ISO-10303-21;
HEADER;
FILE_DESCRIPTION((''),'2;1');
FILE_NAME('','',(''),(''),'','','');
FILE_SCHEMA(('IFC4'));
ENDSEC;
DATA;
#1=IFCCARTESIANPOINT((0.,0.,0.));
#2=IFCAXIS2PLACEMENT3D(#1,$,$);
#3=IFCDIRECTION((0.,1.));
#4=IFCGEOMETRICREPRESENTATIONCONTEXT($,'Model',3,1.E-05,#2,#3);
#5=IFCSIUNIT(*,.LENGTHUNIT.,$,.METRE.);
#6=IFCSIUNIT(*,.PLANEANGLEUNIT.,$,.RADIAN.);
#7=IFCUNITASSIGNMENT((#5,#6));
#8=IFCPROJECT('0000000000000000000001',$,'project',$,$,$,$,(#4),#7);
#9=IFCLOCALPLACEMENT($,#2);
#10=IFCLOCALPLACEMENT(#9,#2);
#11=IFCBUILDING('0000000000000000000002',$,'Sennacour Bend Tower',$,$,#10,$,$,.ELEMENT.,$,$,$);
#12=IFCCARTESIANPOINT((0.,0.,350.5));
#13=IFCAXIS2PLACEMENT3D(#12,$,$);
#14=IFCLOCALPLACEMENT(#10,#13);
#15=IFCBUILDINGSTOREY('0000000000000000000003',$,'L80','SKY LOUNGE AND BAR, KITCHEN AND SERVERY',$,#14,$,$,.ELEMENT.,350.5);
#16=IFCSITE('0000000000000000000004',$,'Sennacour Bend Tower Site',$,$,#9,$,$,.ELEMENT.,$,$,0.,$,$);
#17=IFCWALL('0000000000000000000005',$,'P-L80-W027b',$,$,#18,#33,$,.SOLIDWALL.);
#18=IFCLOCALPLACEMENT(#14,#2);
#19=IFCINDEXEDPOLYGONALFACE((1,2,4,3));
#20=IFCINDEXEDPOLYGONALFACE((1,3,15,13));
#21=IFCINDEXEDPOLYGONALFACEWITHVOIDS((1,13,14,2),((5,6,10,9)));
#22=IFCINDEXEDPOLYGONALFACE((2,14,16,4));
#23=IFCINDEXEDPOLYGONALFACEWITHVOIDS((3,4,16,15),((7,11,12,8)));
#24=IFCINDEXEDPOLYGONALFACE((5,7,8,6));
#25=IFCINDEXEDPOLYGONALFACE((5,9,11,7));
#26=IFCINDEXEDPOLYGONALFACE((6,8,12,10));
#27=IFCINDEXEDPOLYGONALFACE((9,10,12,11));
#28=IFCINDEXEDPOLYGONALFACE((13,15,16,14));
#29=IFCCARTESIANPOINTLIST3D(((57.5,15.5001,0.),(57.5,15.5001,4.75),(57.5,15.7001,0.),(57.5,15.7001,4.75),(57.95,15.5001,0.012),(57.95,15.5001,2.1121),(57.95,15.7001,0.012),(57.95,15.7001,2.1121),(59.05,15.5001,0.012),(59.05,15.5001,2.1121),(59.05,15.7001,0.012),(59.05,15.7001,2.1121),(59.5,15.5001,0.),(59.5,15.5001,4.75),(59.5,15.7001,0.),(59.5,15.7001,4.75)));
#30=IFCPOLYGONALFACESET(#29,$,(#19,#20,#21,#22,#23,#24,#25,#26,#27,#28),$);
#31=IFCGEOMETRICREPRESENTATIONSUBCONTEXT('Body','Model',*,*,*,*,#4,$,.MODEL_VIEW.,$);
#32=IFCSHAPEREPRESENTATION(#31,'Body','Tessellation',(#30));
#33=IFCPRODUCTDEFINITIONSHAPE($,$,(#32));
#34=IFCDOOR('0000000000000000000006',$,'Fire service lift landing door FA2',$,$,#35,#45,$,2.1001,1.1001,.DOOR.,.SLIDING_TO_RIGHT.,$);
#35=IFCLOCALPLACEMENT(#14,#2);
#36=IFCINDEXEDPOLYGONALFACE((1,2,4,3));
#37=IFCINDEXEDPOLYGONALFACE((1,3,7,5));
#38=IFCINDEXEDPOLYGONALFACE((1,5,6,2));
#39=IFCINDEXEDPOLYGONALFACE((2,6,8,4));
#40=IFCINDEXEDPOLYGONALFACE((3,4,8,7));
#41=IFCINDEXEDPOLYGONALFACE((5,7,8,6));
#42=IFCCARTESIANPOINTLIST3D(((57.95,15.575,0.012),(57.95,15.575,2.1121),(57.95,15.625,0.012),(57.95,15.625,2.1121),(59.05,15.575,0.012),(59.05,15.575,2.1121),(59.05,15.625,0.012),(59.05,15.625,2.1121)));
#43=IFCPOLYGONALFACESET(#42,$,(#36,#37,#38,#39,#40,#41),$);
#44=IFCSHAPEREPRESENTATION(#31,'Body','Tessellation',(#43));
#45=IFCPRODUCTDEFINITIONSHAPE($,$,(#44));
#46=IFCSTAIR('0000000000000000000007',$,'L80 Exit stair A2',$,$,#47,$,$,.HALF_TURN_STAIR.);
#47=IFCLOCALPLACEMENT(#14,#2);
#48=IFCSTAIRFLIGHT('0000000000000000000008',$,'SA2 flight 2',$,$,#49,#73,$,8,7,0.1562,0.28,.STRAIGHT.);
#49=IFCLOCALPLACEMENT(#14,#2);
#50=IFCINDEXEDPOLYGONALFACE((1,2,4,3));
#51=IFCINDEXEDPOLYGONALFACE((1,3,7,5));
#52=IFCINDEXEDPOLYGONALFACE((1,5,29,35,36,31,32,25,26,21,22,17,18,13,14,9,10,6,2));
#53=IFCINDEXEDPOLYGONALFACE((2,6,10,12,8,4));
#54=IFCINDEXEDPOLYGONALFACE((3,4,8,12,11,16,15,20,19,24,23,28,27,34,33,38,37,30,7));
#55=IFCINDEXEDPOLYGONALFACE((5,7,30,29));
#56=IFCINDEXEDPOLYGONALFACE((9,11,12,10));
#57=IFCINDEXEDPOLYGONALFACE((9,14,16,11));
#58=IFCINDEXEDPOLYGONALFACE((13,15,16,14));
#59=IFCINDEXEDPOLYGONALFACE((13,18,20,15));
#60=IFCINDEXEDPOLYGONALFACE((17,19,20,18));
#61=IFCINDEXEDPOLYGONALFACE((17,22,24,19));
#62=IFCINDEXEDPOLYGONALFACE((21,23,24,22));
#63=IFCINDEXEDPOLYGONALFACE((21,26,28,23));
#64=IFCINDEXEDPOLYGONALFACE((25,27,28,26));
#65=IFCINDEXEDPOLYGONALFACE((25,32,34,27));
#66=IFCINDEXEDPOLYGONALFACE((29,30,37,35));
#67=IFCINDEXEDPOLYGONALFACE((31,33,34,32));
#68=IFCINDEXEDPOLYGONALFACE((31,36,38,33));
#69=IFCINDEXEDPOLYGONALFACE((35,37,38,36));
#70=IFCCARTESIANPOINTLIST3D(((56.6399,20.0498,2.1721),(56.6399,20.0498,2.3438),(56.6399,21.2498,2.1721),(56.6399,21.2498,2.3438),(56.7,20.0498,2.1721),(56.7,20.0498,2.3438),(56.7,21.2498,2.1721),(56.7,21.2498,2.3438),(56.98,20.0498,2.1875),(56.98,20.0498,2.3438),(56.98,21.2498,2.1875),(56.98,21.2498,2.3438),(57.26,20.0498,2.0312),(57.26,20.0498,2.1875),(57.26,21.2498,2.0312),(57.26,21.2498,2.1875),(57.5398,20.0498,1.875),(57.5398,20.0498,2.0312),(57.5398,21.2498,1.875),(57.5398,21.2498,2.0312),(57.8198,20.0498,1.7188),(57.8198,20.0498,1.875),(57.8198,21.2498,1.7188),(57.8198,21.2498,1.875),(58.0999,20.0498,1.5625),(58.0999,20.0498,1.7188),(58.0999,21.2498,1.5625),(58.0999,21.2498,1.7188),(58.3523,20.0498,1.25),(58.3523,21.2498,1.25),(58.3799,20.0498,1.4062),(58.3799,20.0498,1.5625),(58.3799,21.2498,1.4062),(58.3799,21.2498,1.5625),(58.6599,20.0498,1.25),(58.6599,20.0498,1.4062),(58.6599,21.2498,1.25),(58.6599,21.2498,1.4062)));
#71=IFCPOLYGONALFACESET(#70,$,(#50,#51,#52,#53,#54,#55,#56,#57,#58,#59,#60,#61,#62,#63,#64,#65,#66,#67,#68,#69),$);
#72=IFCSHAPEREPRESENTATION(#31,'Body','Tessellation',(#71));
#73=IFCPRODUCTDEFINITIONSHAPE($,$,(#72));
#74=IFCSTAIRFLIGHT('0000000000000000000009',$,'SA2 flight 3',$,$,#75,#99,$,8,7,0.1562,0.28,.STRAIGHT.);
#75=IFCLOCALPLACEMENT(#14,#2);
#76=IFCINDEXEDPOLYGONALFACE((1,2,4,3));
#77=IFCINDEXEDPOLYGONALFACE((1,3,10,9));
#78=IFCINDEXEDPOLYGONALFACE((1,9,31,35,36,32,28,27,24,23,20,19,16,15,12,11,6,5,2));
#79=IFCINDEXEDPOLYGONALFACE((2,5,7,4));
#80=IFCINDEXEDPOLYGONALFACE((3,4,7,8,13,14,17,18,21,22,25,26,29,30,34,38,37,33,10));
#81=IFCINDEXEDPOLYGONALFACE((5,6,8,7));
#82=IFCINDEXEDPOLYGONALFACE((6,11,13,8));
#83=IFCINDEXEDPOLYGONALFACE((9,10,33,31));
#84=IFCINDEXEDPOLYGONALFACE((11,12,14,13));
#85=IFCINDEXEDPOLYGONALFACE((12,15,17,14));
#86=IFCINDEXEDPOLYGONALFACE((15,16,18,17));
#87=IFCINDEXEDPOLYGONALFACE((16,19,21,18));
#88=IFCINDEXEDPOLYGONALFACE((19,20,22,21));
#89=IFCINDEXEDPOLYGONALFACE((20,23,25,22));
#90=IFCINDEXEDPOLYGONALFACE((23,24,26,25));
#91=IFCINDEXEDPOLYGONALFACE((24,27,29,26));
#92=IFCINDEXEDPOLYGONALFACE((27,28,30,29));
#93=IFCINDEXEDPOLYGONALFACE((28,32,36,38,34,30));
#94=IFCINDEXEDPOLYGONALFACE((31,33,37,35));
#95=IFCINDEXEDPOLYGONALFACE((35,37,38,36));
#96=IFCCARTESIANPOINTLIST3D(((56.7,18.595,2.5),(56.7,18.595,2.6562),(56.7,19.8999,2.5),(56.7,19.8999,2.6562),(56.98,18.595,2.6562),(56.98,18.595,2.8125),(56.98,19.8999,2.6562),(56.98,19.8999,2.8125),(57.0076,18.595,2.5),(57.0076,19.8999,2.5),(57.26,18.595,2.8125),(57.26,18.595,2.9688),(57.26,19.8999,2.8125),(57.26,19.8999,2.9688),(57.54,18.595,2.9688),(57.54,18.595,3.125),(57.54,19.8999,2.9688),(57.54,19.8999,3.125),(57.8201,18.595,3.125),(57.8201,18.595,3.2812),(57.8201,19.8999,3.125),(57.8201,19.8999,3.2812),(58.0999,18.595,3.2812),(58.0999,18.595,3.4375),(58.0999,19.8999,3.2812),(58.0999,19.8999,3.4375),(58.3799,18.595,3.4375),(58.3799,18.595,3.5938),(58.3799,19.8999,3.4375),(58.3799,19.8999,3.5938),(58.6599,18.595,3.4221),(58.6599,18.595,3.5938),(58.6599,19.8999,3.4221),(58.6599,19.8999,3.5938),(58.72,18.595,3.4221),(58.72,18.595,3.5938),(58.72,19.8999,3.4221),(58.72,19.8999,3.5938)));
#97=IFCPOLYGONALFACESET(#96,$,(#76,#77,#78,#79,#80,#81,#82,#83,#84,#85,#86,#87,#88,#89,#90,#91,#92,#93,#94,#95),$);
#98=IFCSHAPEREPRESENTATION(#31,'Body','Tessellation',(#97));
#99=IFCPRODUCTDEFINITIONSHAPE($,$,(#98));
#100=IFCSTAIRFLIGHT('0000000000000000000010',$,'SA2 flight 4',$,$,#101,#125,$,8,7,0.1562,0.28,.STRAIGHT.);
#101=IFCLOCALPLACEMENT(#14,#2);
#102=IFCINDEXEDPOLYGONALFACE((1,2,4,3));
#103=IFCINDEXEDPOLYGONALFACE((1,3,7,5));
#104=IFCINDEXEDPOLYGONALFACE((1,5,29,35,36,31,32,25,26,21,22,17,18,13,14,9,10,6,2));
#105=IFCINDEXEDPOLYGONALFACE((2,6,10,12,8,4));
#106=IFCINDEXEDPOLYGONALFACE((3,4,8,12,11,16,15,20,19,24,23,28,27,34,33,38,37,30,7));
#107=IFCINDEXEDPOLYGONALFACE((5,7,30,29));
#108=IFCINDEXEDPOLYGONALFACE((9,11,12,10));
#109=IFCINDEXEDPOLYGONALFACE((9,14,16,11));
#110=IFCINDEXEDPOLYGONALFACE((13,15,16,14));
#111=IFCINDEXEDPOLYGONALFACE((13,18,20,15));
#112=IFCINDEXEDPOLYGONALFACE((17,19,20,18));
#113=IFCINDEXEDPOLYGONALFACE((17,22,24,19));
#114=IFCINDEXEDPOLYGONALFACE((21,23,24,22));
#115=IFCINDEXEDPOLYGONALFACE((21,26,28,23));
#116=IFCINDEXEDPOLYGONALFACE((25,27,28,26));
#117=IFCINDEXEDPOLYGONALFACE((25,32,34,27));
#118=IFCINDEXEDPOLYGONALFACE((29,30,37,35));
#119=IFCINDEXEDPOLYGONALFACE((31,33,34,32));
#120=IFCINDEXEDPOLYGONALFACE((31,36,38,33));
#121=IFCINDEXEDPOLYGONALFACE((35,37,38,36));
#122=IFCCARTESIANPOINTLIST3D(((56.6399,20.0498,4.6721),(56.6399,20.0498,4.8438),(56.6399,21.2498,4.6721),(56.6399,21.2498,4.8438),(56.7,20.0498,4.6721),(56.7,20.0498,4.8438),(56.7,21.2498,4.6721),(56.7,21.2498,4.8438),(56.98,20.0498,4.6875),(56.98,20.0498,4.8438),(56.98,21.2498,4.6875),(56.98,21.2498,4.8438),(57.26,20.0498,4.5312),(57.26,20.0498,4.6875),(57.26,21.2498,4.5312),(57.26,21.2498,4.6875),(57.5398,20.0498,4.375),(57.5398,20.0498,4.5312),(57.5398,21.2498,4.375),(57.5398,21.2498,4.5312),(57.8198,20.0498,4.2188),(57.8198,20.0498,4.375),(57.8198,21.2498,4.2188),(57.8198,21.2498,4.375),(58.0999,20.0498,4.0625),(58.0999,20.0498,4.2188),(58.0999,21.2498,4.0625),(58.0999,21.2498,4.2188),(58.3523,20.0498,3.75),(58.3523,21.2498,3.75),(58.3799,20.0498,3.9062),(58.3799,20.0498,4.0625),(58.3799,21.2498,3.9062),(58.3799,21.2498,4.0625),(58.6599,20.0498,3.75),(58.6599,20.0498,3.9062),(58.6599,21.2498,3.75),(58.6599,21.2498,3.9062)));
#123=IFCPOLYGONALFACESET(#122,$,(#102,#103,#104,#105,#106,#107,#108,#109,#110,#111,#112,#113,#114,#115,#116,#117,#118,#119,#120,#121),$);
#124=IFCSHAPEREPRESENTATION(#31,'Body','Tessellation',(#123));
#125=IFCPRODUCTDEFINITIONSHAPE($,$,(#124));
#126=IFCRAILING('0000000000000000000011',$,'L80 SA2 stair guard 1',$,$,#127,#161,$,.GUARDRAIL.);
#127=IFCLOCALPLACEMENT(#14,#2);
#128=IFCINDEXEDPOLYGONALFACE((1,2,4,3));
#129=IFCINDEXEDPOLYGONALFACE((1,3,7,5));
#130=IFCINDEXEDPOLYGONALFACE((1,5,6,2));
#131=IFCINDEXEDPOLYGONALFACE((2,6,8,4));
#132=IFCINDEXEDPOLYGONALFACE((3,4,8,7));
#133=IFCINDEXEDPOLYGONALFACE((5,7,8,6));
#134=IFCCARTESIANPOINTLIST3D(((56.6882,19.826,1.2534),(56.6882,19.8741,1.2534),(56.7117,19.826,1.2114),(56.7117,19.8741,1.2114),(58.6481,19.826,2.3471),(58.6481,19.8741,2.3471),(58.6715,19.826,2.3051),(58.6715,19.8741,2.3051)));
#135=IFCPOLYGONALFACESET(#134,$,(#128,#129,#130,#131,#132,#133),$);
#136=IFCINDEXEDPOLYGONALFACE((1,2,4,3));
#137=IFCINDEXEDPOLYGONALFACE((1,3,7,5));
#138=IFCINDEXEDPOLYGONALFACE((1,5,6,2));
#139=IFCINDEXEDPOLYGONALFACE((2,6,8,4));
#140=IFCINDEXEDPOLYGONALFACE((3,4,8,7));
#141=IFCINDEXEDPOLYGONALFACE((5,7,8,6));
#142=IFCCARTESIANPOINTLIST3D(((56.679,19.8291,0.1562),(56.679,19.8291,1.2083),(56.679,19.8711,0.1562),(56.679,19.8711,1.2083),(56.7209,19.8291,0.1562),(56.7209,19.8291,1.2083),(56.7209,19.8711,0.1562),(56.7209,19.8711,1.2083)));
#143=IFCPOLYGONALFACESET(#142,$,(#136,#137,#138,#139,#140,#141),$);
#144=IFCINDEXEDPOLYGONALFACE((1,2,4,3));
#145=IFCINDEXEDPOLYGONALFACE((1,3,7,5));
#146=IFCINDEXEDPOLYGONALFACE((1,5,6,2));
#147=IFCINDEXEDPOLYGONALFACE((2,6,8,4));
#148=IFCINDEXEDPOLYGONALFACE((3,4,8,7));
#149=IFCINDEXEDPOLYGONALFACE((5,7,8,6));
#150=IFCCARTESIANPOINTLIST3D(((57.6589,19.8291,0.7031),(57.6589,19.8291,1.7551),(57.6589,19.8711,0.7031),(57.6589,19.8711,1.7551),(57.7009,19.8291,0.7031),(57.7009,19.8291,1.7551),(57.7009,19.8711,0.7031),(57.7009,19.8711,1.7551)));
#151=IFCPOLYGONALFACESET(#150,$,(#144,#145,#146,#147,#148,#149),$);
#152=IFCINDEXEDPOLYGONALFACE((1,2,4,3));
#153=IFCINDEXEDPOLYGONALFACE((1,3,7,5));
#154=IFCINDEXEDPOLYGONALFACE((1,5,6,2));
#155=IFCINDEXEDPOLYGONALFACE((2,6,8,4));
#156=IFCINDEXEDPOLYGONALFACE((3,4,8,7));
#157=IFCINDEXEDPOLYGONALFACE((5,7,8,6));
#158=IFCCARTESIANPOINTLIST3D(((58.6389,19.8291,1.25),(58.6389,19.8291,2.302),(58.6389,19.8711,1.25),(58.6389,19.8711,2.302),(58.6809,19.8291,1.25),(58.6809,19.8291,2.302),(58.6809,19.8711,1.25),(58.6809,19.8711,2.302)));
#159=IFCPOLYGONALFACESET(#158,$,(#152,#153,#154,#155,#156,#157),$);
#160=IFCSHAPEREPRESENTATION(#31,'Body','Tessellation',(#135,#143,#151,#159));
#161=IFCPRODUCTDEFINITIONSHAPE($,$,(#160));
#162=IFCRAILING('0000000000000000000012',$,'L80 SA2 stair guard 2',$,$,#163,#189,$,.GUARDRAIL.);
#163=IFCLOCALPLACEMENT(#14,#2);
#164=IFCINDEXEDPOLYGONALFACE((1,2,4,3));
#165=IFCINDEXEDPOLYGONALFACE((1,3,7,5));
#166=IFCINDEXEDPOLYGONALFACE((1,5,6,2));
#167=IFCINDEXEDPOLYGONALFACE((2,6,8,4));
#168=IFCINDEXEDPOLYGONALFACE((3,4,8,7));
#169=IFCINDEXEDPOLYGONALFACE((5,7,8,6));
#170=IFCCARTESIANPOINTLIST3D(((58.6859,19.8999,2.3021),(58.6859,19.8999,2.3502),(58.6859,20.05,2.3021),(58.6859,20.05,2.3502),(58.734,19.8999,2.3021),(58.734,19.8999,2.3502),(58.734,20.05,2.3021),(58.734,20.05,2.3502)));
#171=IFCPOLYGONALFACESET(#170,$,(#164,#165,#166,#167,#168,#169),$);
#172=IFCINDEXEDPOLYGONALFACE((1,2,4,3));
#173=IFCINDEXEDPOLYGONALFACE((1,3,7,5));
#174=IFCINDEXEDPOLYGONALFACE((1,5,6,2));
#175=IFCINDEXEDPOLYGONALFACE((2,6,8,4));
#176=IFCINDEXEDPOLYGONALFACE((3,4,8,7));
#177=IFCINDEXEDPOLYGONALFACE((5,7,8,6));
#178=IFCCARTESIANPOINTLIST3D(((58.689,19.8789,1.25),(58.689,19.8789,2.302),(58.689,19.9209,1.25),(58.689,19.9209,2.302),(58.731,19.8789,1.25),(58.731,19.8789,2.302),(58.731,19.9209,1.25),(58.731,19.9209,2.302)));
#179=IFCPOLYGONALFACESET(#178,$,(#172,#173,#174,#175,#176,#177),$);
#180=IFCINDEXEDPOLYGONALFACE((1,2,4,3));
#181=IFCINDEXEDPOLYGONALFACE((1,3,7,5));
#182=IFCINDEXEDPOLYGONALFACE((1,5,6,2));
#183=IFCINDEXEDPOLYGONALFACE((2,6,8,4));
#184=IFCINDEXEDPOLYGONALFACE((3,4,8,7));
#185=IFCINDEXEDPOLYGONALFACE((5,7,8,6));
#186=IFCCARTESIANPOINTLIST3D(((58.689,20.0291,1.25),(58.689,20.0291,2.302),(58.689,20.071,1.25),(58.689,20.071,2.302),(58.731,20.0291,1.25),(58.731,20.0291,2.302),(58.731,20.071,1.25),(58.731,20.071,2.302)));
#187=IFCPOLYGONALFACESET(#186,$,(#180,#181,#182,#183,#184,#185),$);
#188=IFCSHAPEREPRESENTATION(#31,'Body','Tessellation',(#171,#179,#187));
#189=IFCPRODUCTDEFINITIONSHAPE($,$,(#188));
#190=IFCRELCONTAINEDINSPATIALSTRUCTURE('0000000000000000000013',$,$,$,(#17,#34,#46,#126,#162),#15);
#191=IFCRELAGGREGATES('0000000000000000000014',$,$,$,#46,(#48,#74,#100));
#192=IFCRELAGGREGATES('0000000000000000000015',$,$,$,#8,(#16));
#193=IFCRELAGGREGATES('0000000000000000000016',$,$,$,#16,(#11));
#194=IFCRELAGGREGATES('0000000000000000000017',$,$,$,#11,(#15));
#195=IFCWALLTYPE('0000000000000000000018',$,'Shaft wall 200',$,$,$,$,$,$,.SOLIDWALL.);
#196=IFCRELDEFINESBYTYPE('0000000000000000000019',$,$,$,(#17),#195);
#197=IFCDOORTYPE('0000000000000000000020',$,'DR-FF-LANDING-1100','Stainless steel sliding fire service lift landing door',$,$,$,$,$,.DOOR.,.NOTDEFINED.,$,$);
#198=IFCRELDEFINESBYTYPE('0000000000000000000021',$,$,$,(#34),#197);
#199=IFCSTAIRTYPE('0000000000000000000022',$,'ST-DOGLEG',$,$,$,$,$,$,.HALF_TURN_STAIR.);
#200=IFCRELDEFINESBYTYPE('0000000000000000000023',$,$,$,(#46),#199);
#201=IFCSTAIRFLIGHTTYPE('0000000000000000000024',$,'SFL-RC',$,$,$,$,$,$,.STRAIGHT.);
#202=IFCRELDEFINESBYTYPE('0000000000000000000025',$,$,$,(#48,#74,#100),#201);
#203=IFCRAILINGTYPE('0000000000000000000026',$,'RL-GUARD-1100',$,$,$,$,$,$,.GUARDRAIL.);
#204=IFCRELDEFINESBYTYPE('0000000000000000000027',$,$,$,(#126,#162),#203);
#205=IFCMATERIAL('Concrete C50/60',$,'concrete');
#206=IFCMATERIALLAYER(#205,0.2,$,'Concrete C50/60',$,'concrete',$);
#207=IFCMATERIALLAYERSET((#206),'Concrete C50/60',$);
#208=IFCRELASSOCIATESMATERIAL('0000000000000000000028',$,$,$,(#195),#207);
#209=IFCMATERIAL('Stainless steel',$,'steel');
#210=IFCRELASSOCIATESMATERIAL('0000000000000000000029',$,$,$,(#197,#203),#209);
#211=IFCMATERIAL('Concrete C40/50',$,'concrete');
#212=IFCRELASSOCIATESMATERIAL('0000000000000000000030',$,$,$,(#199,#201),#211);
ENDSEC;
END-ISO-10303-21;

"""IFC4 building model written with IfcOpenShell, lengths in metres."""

from ifc_helpers import new_model, si_unit, direction, frame, frame_2d, origin, origin_2d, place, context, subcontext, project, spatial, polyline, rectangle, outline, extrude, material, layer, layer_set, type_object, element, fill, aggregate, save


model = new_model("IFC4")

# Units and contexts
model_context = context("Model", 3, precision=1e-05, world=origin(), true_north=direction((0.0, 1.0)))
body_context = subcontext(model_context, "Body", "Model", "MODEL_VIEW")
ifc_project = project(units=[si_unit("LENGTHUNIT", "METRE"), si_unit("PLANEANGLEUNIT", "RADIAN")], contexts=[model_context])

# Site, building, storey
site_placement = place(None, origin())
site = spatial("IfcSite", under=ifc_project, at=site_placement, Name="Sennacour Bend Tower Site", CompositionType="ELEMENT", RefElevation=0.0)
building_placement = place(site_placement, origin())
building = spatial("IfcBuilding", under=site, at=building_placement, Name="Sennacour Bend Tower", CompositionType="ELEMENT")
storey_placement = place(building_placement, frame((0.0, 0.0, 350.5)))
storey = spatial("IfcBuildingStorey", under=building, at=storey_placement, Name="L80", Description="SKY LOUNGE AND BAR, KITCHEN AND SERVERY", CompositionType="ELEMENT", Elevation=350.5)

# Shared definitions
ifc_material_1 = material(Name="Concrete C50/60", Category="concrete")
ifc_layer_1 = layer(ifc_material_1, 0.2, Name="Concrete C50/60", Category="concrete")
ifc_layer_set_1 = layer_set([ifc_layer_1], Name="Concrete C50/60")
wall_type_1 = type_object("IfcWallType", Name="Shaft wall 200", PredefinedType="SOLIDWALL", material=ifc_layer_set_1)

# Shared definitions
ifc_material_2 = material(Name="Stainless steel", Category="steel")

# Wall, opening, door
wall_1_placement = place(storey_placement, frame((57.5, 15.6001, 0.0), z_axis=(0.0, 0.0, 1.0), x_axis=(1.0, 0.0, 0.0)))
wall_1 = element("IfcWall", 1, at=wall_1_placement, inside=storey, type_object=wall_type_1, Name="P-L80-W027b", PredefinedType="SOLIDWALL", context=body_context, shape_type="SweptSolid", body=[
    extrude(rectangle(XDim=2.0, YDim=0.2, at=frame_2d((1.0, 0.0))), origin(), (0.0, 0.0, 1.0), 4.75),
])
opening_1_placement = place(wall_1_placement, frame((0.45, 0.0, 0.012)))
opening_1 = element("IfcOpeningElement", 2, at=opening_1_placement, cuts=wall_1, PredefinedType="OPENING", context=body_context, shape_type="SweptSolid", body=[
    extrude(rectangle(XDim=1.1001, YDim=2.1001, at=frame_2d((0.55, 1.05))), frame((0.0, 0.1099, 0.0), z_axis=(0.0, -1.0, 0.0), x_axis=(1.0, 0.0, 0.0)), (0.0, 0.0, 1.0), 0.22),
])
door_type_1 = type_object("IfcDoorType", Name="DR-FF-LANDING-1100", Description="Stainless steel sliding fire service lift landing door", OperationType="NOTDEFINED", PredefinedType="DOOR", material=ifc_material_2)
door_1_placement = place(opening_1_placement, origin())
door_1 = element("IfcDoor", 3, at=door_1_placement, inside=storey, type_object=door_type_1, Name="Fire service lift landing door FA2", OperationType="SLIDING_TO_RIGHT", OverallHeight=2.1001, OverallWidth=1.1001, PredefinedType="DOOR", context=body_context, shape_type="SweptSolid", body=[
    extrude(rectangle(XDim=1.1001, YDim=2.1001, at=frame_2d((0.55, 1.05))), frame((0.0, 0.0249, 0.0), z_axis=(0.0, -1.0, 0.0), x_axis=(1.0, 0.0, 0.0)), (0.0, 0.0, 1.0), 0.05),
])
fill(opening_1, door_1)

# Stair, stair flights
ifc_material_3 = material(Name="Concrete C40/50", Category="concrete")
stair_type = type_object("IfcStairType", Name="ST-DOGLEG", PredefinedType="HALF_TURN_STAIR", material=ifc_material_3)
stair_placement = place(storey_placement, origin())
stair = element("IfcStair", 4, at=stair_placement, inside=storey, type_object=stair_type, Name="L80 Exit stair A2", PredefinedType="HALF_TURN_STAIR")
stair_flight_type = type_object("IfcStairFlightType", Name="SFL-RC", PredefinedType="STRAIGHT", material=ifc_material_3)
stair_flight_1_placement = place(storey_placement, frame((58.6599, 20.6499, 1.25), z_axis=(0.0, 0.0, 1.0), x_axis=(-1.0, 0.0, 0.0)))
stair_flight_1 = element("IfcStairFlight", 5, at=stair_flight_1_placement, type_object=stair_flight_type, Name="SA2 flight 2", NumberOfRisers=8, NumberOfTreads=7, PredefinedType="STRAIGHT", RiserHeight=0.1562, TreadLength=0.28, context=body_context, shape_type="SweptSolid", body=[
    extrude(outline(polyline([(0.0, 0.0), (0.0, 0.1562), (0.28, 0.1562), (0.28, 0.3125), (0.5601, 0.3125), (0.5601, 0.4688), (0.8401, 0.4688), (0.8401, 0.625), (1.1201, 0.625), (1.1201, 0.7812), (1.3999, 0.7812), (1.3999, 0.9375), (1.6799, 0.9375), (1.6799, 1.0938), (1.96, 1.0938), (2.02, 1.0938), (2.02, 0.9221), (1.96, 0.9221), (0.3076, 0.0), (0.0, 0.0)])), frame((0.0, 0.6001, 0.0), z_axis=(0.0, -1.0, 0.0), x_axis=(1.0, 0.0, 0.0)), (0.0, 0.0, 1.0), 1.2),
])
stair_flight_2_placement = place(storey_placement, frame((56.7, 19.2476, 2.5), z_axis=(0.0, 0.0, 1.0), x_axis=(1.0, 0.0, 0.0)))
stair_flight_2 = element("IfcStairFlight", 6, at=stair_flight_2_placement, type_object=stair_flight_type, Name="SA2 flight 3", NumberOfRisers=8, NumberOfTreads=7, PredefinedType="STRAIGHT", RiserHeight=0.1562, TreadLength=0.28, context=body_context, shape_type="SweptSolid", body=[
    extrude(outline(polyline([(0.0, 0.0), (0.0, 0.1562), (0.28, 0.1562), (0.28, 0.3125), (0.5601, 0.3125), (0.5601, 0.4688), (0.8401, 0.4688), (0.8401, 0.625), (1.1201, 0.625), (1.1201, 0.7812), (1.3999, 0.7812), (1.3999, 0.9375), (1.6799, 0.9375), (1.6799, 1.0938), (1.96, 1.0938), (2.02, 1.0938), (2.02, 0.9221), (1.96, 0.9221), (0.3076, 0.0), (0.0, 0.0)])), frame((0.0, 0.6523, 0.0), z_axis=(0.0, -1.0, 0.0), x_axis=(1.0, 0.0, 0.0)), (0.0, 0.0, 1.0), 1.3049),
])
stair_flight_3_placement = place(storey_placement, frame((58.6599, 20.6499, 3.75), z_axis=(0.0, 0.0, 1.0), x_axis=(-1.0, 0.0, 0.0)))
stair_flight_3 = element("IfcStairFlight", 7, at=stair_flight_3_placement, type_object=stair_flight_type, Name="SA2 flight 4", NumberOfRisers=8, NumberOfTreads=7, PredefinedType="STRAIGHT", RiserHeight=0.1562, TreadLength=0.28, context=body_context, shape_type="SweptSolid", body=[
    extrude(outline(polyline([(0.0, 0.0), (0.0, 0.1562), (0.28, 0.1562), (0.28, 0.3125), (0.5601, 0.3125), (0.5601, 0.4688), (0.8401, 0.4688), (0.8401, 0.625), (1.1201, 0.625), (1.1201, 0.7812), (1.3999, 0.7812), (1.3999, 0.9375), (1.6799, 0.9375), (1.6799, 1.0938), (1.96, 1.0938), (2.02, 1.0938), (2.02, 0.9221), (1.96, 0.9221), (0.3076, 0.0), (0.0, 0.0)])), frame((0.0, 0.6001, 0.0), z_axis=(0.0, -1.0, 0.0), x_axis=(1.0, 0.0, 0.0)), (0.0, 0.0, 1.0), 1.2),
])
aggregate(stair, [stair_flight_1, stair_flight_2, stair_flight_3])

# Railings
railing_type_1 = type_object("IfcRailingType", Name="RL-GUARD-1100", PredefinedType="GUARDRAIL", material=ifc_material_2)
railing_1_placement = place(storey_placement, frame((56.7, 19.8501, 0.1562)))
element("IfcRailing", 8, at=railing_1_placement, inside=storey, type_object=railing_type_1, Name="L80 SA2 stair guard 1", PredefinedType="GUARDRAIL", context=body_context, shape_type="SweptSolid", body=[
    extrude(rectangle(XDim=0.0481, YDim=0.0481, at=origin_2d()), frame((0.0, 0.0, 1.0762), z_axis=(0.873232, 0.0, 0.487304), x_axis=(0.0, 1.0, 0.0)), (0.0, 0.0, 1.0), 2.2444),
    extrude(rectangle(XDim=0.042, YDim=0.042, at=origin_2d()), origin(), (0.0, 0.0, 1.0), 1.052),
    extrude(rectangle(XDim=0.042, YDim=0.042, at=origin_2d()), frame((0.98, 0.0, 0.5469)), (0.0, 0.0, 1.0), 1.052),
    extrude(rectangle(XDim=0.042, YDim=0.042, at=origin_2d()), frame((1.96, 0.0, 1.0938)), (0.0, 0.0, 1.0), 1.052),
])
railing_2_placement = place(storey_placement, frame((58.71, 19.8999, 1.25)))
element("IfcRailing", 9, at=railing_2_placement, inside=storey, type_object=railing_type_1, Name="L80 SA2 stair guard 2", PredefinedType="GUARDRAIL", context=body_context, shape_type="SweptSolid", body=[
    extrude(rectangle(XDim=0.0481, YDim=0.0481, at=origin_2d()), frame((0.0, 0.0, 1.0762), z_axis=(0.0, 1.0, 0.0), x_axis=(-1.0, 0.0, 0.0)), (0.0, 0.0, 1.0), 0.1501),
    extrude(rectangle(XDim=0.042, YDim=0.042, at=origin_2d()), origin(), (0.0, 0.0, 1.0), 1.052),
    extrude(rectangle(XDim=0.042, YDim=0.042, at=origin_2d()), frame((0.0, 0.1501, 0.0)), (0.0, 0.0, 1.0), 1.052),
])

save(model, "model.ifc")
